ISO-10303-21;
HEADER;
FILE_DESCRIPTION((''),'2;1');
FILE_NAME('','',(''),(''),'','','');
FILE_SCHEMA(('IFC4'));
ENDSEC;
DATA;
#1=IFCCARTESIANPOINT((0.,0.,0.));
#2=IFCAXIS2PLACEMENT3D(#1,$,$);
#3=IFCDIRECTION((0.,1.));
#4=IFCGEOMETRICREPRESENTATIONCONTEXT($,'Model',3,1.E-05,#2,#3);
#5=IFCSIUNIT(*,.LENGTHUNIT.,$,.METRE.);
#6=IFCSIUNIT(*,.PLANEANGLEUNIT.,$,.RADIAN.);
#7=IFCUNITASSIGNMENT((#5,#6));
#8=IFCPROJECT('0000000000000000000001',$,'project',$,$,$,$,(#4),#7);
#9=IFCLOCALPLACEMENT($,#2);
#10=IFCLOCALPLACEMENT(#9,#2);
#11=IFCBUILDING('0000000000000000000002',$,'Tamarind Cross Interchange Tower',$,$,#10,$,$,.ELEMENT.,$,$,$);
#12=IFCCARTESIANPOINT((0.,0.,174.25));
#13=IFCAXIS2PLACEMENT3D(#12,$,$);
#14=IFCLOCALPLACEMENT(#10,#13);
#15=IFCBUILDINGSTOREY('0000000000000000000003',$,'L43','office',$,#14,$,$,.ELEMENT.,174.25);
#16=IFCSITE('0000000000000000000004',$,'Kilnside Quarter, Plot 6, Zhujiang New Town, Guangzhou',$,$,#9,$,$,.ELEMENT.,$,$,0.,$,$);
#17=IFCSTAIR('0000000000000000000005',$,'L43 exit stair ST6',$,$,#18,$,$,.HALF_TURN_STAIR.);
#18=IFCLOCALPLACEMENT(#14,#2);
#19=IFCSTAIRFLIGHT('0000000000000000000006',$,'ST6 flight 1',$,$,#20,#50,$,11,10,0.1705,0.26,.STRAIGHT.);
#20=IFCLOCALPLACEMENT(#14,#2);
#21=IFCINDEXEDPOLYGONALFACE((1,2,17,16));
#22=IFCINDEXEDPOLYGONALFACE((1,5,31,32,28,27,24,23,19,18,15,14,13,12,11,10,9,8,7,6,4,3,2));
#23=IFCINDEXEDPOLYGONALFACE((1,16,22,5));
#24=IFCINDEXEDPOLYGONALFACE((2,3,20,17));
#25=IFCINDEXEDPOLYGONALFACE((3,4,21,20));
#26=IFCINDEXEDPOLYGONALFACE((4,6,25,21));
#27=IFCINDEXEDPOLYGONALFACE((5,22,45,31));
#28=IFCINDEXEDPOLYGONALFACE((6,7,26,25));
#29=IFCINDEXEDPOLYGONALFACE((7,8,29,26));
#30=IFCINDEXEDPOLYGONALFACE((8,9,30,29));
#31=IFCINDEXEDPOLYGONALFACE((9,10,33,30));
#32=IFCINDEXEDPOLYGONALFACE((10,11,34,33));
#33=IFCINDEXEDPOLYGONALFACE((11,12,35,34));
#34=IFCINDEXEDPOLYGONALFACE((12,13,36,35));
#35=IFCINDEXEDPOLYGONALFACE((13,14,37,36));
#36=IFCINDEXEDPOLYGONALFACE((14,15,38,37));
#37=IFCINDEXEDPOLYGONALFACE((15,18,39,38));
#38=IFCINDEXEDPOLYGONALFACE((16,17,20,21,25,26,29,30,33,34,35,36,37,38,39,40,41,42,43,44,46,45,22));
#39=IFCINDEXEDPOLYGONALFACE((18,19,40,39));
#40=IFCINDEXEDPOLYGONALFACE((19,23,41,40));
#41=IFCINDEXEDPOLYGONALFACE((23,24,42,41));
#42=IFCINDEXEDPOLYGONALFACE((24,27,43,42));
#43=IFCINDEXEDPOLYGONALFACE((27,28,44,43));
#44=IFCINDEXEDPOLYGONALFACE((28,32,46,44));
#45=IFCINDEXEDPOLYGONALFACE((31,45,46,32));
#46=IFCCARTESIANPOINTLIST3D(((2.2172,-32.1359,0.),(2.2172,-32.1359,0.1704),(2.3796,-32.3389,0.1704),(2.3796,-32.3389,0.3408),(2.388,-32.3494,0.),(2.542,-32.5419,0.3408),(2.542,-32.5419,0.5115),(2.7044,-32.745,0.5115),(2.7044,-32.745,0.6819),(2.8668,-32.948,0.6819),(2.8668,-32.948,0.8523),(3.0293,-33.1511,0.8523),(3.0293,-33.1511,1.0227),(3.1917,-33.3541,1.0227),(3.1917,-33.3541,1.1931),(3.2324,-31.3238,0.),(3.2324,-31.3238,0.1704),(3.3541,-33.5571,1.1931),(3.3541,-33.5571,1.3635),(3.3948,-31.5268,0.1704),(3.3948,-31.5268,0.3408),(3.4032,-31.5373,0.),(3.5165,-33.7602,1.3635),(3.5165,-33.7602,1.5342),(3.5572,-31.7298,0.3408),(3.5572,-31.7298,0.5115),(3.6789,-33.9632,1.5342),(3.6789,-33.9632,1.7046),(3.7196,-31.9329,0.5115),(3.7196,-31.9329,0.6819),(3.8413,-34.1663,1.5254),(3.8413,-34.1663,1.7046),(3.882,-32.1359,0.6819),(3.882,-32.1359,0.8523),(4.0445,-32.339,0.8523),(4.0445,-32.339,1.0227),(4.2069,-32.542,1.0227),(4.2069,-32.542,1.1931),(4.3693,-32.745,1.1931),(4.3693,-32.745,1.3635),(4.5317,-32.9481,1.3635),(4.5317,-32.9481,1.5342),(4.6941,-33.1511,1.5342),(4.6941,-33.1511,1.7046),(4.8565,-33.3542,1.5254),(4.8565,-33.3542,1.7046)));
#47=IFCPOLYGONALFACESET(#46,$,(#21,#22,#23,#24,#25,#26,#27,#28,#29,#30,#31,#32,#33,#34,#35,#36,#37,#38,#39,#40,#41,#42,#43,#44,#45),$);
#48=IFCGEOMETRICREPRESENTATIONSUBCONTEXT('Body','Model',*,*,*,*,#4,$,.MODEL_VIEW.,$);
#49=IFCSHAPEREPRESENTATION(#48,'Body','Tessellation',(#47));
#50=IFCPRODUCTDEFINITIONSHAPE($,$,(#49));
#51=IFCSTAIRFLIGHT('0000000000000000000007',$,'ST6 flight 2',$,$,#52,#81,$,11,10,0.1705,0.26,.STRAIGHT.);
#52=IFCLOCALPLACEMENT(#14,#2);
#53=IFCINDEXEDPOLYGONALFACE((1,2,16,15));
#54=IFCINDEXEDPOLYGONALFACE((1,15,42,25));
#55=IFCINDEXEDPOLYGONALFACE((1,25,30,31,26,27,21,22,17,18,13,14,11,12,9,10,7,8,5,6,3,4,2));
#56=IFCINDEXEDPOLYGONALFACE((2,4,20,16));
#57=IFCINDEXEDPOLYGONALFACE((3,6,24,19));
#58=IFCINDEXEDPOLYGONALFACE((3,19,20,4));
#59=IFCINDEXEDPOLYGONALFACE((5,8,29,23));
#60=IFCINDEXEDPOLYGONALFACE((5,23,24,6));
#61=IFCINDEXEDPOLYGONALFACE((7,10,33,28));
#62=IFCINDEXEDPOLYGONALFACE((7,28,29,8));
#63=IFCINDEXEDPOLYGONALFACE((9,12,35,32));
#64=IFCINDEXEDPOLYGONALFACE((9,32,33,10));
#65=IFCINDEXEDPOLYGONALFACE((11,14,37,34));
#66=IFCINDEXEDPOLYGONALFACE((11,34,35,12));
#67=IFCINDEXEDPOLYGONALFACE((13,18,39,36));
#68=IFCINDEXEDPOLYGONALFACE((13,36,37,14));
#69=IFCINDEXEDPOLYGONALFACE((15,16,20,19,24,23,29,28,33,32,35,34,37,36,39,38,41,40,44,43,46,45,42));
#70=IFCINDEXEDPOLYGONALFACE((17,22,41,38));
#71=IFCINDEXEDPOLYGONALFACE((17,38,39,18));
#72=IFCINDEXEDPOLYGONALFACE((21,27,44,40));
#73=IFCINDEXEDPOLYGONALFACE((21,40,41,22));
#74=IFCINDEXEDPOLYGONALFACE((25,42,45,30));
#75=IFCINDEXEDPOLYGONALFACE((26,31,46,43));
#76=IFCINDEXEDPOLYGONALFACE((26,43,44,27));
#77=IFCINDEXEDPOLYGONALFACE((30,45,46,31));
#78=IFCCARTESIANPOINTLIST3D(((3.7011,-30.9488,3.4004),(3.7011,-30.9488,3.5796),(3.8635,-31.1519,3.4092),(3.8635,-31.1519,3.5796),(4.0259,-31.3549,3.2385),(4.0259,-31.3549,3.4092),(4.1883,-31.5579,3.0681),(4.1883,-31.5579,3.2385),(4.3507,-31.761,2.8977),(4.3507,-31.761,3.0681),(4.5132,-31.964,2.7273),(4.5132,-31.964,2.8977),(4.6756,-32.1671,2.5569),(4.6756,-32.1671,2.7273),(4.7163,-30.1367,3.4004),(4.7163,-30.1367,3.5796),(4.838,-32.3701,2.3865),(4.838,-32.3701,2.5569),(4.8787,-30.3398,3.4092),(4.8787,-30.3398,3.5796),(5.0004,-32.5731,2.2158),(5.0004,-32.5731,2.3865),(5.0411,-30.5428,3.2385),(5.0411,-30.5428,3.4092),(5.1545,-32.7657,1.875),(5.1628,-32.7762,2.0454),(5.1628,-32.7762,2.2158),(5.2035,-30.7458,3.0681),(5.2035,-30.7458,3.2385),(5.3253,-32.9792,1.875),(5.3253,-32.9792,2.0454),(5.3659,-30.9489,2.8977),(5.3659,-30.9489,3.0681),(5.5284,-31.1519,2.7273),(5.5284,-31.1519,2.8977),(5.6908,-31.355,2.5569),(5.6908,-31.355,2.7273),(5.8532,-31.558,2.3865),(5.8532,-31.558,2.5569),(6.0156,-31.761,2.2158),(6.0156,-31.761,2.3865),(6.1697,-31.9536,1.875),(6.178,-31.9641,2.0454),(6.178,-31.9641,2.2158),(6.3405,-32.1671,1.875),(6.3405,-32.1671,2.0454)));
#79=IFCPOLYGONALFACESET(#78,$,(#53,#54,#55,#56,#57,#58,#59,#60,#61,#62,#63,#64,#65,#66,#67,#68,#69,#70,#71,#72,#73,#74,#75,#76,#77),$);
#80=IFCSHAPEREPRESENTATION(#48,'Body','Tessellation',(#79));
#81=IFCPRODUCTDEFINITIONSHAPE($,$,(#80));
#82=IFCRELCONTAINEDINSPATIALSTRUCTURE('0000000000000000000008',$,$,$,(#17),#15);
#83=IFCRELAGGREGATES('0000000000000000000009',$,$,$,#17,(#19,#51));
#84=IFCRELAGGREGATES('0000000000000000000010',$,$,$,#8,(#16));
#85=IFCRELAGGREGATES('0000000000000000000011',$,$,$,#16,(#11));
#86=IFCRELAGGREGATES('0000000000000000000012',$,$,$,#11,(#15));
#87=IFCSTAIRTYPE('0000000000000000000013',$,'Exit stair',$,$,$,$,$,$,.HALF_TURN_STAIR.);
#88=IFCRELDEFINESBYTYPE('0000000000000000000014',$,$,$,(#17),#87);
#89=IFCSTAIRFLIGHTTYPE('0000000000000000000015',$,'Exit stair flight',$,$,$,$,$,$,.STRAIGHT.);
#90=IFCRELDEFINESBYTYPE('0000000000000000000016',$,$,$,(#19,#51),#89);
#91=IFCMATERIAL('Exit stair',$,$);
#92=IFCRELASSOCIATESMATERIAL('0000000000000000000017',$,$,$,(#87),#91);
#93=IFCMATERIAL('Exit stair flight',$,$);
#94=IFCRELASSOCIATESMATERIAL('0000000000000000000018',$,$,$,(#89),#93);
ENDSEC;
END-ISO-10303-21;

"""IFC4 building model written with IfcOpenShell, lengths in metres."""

from ifc_helpers import new_model, si_unit, direction, frame, origin, place, context, subcontext, project, spatial, polyline, outline, extrude, material, type_object, element, aggregate, save


model = new_model("IFC4")

# Units and contexts
model_context = context("Model", 3, precision=1e-05, world=origin(), true_north=direction((0.0, 1.0)))
body_context = subcontext(model_context, "Body", "Model", "MODEL_VIEW")
ifc_project = project(units=[si_unit("LENGTHUNIT", "METRE"), si_unit("PLANEANGLEUNIT", "RADIAN")], contexts=[model_context])

# Site, building, storey
site_placement = place(None, origin())
site = spatial("IfcSite", under=ifc_project, at=site_placement, Name="Kilnside Quarter, Plot 6, Zhujiang New Town, Guangzhou", CompositionType="ELEMENT", RefElevation=0.0)
building_placement = place(site_placement, origin())
building = spatial("IfcBuilding", under=site, at=building_placement, Name="Tamarind Cross Interchange Tower", CompositionType="ELEMENT")
storey_placement = place(building_placement, frame((0.0, 0.0, 174.25)))
storey = spatial("IfcBuildingStorey", under=building, at=storey_placement, Name="L43", Description="office", CompositionType="ELEMENT", Elevation=174.25)

# Stair, stair flights
ifc_material_1 = material(Name="Exit stair")
stair_type = type_object("IfcStairType", Name="Exit stair", PredefinedType="HALF_TURN_STAIR", material=ifc_material_1)
stair_placement = place(storey_placement, origin())
stair = element("IfcStair", 1, at=stair_placement, inside=storey, type_object=stair_type, Name="L43 exit stair ST6", PredefinedType="HALF_TURN_STAIR")
ifc_material_2 = material(Name="Exit stair flight")
stair_flight_type = type_object("IfcStairFlightType", Name="Exit stair flight", PredefinedType="STRAIGHT", material=ifc_material_2)
stair_flight_1_placement = place(storey_placement, frame((2.7249, -31.7297, 0.0), z_axis=(0.0, 0.0, 1.0), x_axis=(0.624665, -0.780893, 0.0)))
stair_flight_1 = element("IfcStairFlight", 2, at=stair_flight_1_placement, type_object=stair_flight_type, Name="ST6 flight 1", NumberOfRisers=11, NumberOfTreads=10, PredefinedType="STRAIGHT", RiserHeight=0.1705, TreadLength=0.26, context=body_context, shape_type="SweptSolid", body=[
    extrude(outline(polyline([(0.0, 0.0), (0.0, 0.1704), (0.26, 0.1704), (0.26, 0.3408), (0.52, 0.3408), (0.52, 0.5115), (0.78, 0.5115), (0.78, 0.6819), (1.04, 0.6819), (1.04, 0.8523), (1.3, 0.8523), (1.3, 1.0227), (1.5601, 1.0227), (1.5601, 1.1931), (1.8201, 1.1931), (1.8201, 1.3635), (2.0801, 1.3635), (2.0801, 1.5342), (2.3401, 1.5342), (2.3401, 1.7046), (2.6001, 1.7046), (2.6001, 1.875), (2.6001, 1.5254), (0.2734, 0.0), (0.0, 0.0)])), frame((0.0, 0.6499, 0.0), z_axis=(0.0, -1.0, 0.0), x_axis=(1.0, 0.0, 0.0)), (0.0, 0.0, 1.0), 1.3),
])
stair_flight_2_placement = place(storey_placement, frame((5.8328, -32.5732, 1.875), z_axis=(0.0, 0.0, 1.0), x_axis=(-0.624665, 0.780893, 0.0)))
stair_flight_2 = element("IfcStairFlight", 3, at=stair_flight_2_placement, type_object=stair_flight_type, Name="ST6 flight 2", NumberOfRisers=11, NumberOfTreads=10, PredefinedType="STRAIGHT", RiserHeight=0.1705, TreadLength=0.26, context=body_context, shape_type="SweptSolid", body=[
    extrude(outline(polyline([(0.0, 0.0), (0.0, 0.1704), (0.26, 0.1704), (0.26, 0.3408), (0.52, 0.3408), (0.52, 0.5115), (0.78, 0.5115), (0.78, 0.6819), (1.04, 0.6819), (1.04, 0.8523), (1.3, 0.8523), (1.3, 1.0227), (1.5601, 1.0227), (1.5601, 1.1931), (1.8201, 1.1931), (1.8201, 1.3635), (2.0801, 1.3635), (2.0801, 1.5342), (2.3401, 1.5342), (2.3401, 1.7046), (2.6001, 1.7046), (2.6001, 1.875), (2.6001, 1.5254), (0.2734, 0.0), (0.0, 0.0)])), frame((0.0, 0.6499, 0.0), z_axis=(0.0, -1.0, 0.0), x_axis=(1.0, 0.0, 0.0)), (0.0, 0.0, 1.0), 1.3),
])
aggregate(stair, [stair_flight_1, stair_flight_2])

save(model, "model.ifc")
